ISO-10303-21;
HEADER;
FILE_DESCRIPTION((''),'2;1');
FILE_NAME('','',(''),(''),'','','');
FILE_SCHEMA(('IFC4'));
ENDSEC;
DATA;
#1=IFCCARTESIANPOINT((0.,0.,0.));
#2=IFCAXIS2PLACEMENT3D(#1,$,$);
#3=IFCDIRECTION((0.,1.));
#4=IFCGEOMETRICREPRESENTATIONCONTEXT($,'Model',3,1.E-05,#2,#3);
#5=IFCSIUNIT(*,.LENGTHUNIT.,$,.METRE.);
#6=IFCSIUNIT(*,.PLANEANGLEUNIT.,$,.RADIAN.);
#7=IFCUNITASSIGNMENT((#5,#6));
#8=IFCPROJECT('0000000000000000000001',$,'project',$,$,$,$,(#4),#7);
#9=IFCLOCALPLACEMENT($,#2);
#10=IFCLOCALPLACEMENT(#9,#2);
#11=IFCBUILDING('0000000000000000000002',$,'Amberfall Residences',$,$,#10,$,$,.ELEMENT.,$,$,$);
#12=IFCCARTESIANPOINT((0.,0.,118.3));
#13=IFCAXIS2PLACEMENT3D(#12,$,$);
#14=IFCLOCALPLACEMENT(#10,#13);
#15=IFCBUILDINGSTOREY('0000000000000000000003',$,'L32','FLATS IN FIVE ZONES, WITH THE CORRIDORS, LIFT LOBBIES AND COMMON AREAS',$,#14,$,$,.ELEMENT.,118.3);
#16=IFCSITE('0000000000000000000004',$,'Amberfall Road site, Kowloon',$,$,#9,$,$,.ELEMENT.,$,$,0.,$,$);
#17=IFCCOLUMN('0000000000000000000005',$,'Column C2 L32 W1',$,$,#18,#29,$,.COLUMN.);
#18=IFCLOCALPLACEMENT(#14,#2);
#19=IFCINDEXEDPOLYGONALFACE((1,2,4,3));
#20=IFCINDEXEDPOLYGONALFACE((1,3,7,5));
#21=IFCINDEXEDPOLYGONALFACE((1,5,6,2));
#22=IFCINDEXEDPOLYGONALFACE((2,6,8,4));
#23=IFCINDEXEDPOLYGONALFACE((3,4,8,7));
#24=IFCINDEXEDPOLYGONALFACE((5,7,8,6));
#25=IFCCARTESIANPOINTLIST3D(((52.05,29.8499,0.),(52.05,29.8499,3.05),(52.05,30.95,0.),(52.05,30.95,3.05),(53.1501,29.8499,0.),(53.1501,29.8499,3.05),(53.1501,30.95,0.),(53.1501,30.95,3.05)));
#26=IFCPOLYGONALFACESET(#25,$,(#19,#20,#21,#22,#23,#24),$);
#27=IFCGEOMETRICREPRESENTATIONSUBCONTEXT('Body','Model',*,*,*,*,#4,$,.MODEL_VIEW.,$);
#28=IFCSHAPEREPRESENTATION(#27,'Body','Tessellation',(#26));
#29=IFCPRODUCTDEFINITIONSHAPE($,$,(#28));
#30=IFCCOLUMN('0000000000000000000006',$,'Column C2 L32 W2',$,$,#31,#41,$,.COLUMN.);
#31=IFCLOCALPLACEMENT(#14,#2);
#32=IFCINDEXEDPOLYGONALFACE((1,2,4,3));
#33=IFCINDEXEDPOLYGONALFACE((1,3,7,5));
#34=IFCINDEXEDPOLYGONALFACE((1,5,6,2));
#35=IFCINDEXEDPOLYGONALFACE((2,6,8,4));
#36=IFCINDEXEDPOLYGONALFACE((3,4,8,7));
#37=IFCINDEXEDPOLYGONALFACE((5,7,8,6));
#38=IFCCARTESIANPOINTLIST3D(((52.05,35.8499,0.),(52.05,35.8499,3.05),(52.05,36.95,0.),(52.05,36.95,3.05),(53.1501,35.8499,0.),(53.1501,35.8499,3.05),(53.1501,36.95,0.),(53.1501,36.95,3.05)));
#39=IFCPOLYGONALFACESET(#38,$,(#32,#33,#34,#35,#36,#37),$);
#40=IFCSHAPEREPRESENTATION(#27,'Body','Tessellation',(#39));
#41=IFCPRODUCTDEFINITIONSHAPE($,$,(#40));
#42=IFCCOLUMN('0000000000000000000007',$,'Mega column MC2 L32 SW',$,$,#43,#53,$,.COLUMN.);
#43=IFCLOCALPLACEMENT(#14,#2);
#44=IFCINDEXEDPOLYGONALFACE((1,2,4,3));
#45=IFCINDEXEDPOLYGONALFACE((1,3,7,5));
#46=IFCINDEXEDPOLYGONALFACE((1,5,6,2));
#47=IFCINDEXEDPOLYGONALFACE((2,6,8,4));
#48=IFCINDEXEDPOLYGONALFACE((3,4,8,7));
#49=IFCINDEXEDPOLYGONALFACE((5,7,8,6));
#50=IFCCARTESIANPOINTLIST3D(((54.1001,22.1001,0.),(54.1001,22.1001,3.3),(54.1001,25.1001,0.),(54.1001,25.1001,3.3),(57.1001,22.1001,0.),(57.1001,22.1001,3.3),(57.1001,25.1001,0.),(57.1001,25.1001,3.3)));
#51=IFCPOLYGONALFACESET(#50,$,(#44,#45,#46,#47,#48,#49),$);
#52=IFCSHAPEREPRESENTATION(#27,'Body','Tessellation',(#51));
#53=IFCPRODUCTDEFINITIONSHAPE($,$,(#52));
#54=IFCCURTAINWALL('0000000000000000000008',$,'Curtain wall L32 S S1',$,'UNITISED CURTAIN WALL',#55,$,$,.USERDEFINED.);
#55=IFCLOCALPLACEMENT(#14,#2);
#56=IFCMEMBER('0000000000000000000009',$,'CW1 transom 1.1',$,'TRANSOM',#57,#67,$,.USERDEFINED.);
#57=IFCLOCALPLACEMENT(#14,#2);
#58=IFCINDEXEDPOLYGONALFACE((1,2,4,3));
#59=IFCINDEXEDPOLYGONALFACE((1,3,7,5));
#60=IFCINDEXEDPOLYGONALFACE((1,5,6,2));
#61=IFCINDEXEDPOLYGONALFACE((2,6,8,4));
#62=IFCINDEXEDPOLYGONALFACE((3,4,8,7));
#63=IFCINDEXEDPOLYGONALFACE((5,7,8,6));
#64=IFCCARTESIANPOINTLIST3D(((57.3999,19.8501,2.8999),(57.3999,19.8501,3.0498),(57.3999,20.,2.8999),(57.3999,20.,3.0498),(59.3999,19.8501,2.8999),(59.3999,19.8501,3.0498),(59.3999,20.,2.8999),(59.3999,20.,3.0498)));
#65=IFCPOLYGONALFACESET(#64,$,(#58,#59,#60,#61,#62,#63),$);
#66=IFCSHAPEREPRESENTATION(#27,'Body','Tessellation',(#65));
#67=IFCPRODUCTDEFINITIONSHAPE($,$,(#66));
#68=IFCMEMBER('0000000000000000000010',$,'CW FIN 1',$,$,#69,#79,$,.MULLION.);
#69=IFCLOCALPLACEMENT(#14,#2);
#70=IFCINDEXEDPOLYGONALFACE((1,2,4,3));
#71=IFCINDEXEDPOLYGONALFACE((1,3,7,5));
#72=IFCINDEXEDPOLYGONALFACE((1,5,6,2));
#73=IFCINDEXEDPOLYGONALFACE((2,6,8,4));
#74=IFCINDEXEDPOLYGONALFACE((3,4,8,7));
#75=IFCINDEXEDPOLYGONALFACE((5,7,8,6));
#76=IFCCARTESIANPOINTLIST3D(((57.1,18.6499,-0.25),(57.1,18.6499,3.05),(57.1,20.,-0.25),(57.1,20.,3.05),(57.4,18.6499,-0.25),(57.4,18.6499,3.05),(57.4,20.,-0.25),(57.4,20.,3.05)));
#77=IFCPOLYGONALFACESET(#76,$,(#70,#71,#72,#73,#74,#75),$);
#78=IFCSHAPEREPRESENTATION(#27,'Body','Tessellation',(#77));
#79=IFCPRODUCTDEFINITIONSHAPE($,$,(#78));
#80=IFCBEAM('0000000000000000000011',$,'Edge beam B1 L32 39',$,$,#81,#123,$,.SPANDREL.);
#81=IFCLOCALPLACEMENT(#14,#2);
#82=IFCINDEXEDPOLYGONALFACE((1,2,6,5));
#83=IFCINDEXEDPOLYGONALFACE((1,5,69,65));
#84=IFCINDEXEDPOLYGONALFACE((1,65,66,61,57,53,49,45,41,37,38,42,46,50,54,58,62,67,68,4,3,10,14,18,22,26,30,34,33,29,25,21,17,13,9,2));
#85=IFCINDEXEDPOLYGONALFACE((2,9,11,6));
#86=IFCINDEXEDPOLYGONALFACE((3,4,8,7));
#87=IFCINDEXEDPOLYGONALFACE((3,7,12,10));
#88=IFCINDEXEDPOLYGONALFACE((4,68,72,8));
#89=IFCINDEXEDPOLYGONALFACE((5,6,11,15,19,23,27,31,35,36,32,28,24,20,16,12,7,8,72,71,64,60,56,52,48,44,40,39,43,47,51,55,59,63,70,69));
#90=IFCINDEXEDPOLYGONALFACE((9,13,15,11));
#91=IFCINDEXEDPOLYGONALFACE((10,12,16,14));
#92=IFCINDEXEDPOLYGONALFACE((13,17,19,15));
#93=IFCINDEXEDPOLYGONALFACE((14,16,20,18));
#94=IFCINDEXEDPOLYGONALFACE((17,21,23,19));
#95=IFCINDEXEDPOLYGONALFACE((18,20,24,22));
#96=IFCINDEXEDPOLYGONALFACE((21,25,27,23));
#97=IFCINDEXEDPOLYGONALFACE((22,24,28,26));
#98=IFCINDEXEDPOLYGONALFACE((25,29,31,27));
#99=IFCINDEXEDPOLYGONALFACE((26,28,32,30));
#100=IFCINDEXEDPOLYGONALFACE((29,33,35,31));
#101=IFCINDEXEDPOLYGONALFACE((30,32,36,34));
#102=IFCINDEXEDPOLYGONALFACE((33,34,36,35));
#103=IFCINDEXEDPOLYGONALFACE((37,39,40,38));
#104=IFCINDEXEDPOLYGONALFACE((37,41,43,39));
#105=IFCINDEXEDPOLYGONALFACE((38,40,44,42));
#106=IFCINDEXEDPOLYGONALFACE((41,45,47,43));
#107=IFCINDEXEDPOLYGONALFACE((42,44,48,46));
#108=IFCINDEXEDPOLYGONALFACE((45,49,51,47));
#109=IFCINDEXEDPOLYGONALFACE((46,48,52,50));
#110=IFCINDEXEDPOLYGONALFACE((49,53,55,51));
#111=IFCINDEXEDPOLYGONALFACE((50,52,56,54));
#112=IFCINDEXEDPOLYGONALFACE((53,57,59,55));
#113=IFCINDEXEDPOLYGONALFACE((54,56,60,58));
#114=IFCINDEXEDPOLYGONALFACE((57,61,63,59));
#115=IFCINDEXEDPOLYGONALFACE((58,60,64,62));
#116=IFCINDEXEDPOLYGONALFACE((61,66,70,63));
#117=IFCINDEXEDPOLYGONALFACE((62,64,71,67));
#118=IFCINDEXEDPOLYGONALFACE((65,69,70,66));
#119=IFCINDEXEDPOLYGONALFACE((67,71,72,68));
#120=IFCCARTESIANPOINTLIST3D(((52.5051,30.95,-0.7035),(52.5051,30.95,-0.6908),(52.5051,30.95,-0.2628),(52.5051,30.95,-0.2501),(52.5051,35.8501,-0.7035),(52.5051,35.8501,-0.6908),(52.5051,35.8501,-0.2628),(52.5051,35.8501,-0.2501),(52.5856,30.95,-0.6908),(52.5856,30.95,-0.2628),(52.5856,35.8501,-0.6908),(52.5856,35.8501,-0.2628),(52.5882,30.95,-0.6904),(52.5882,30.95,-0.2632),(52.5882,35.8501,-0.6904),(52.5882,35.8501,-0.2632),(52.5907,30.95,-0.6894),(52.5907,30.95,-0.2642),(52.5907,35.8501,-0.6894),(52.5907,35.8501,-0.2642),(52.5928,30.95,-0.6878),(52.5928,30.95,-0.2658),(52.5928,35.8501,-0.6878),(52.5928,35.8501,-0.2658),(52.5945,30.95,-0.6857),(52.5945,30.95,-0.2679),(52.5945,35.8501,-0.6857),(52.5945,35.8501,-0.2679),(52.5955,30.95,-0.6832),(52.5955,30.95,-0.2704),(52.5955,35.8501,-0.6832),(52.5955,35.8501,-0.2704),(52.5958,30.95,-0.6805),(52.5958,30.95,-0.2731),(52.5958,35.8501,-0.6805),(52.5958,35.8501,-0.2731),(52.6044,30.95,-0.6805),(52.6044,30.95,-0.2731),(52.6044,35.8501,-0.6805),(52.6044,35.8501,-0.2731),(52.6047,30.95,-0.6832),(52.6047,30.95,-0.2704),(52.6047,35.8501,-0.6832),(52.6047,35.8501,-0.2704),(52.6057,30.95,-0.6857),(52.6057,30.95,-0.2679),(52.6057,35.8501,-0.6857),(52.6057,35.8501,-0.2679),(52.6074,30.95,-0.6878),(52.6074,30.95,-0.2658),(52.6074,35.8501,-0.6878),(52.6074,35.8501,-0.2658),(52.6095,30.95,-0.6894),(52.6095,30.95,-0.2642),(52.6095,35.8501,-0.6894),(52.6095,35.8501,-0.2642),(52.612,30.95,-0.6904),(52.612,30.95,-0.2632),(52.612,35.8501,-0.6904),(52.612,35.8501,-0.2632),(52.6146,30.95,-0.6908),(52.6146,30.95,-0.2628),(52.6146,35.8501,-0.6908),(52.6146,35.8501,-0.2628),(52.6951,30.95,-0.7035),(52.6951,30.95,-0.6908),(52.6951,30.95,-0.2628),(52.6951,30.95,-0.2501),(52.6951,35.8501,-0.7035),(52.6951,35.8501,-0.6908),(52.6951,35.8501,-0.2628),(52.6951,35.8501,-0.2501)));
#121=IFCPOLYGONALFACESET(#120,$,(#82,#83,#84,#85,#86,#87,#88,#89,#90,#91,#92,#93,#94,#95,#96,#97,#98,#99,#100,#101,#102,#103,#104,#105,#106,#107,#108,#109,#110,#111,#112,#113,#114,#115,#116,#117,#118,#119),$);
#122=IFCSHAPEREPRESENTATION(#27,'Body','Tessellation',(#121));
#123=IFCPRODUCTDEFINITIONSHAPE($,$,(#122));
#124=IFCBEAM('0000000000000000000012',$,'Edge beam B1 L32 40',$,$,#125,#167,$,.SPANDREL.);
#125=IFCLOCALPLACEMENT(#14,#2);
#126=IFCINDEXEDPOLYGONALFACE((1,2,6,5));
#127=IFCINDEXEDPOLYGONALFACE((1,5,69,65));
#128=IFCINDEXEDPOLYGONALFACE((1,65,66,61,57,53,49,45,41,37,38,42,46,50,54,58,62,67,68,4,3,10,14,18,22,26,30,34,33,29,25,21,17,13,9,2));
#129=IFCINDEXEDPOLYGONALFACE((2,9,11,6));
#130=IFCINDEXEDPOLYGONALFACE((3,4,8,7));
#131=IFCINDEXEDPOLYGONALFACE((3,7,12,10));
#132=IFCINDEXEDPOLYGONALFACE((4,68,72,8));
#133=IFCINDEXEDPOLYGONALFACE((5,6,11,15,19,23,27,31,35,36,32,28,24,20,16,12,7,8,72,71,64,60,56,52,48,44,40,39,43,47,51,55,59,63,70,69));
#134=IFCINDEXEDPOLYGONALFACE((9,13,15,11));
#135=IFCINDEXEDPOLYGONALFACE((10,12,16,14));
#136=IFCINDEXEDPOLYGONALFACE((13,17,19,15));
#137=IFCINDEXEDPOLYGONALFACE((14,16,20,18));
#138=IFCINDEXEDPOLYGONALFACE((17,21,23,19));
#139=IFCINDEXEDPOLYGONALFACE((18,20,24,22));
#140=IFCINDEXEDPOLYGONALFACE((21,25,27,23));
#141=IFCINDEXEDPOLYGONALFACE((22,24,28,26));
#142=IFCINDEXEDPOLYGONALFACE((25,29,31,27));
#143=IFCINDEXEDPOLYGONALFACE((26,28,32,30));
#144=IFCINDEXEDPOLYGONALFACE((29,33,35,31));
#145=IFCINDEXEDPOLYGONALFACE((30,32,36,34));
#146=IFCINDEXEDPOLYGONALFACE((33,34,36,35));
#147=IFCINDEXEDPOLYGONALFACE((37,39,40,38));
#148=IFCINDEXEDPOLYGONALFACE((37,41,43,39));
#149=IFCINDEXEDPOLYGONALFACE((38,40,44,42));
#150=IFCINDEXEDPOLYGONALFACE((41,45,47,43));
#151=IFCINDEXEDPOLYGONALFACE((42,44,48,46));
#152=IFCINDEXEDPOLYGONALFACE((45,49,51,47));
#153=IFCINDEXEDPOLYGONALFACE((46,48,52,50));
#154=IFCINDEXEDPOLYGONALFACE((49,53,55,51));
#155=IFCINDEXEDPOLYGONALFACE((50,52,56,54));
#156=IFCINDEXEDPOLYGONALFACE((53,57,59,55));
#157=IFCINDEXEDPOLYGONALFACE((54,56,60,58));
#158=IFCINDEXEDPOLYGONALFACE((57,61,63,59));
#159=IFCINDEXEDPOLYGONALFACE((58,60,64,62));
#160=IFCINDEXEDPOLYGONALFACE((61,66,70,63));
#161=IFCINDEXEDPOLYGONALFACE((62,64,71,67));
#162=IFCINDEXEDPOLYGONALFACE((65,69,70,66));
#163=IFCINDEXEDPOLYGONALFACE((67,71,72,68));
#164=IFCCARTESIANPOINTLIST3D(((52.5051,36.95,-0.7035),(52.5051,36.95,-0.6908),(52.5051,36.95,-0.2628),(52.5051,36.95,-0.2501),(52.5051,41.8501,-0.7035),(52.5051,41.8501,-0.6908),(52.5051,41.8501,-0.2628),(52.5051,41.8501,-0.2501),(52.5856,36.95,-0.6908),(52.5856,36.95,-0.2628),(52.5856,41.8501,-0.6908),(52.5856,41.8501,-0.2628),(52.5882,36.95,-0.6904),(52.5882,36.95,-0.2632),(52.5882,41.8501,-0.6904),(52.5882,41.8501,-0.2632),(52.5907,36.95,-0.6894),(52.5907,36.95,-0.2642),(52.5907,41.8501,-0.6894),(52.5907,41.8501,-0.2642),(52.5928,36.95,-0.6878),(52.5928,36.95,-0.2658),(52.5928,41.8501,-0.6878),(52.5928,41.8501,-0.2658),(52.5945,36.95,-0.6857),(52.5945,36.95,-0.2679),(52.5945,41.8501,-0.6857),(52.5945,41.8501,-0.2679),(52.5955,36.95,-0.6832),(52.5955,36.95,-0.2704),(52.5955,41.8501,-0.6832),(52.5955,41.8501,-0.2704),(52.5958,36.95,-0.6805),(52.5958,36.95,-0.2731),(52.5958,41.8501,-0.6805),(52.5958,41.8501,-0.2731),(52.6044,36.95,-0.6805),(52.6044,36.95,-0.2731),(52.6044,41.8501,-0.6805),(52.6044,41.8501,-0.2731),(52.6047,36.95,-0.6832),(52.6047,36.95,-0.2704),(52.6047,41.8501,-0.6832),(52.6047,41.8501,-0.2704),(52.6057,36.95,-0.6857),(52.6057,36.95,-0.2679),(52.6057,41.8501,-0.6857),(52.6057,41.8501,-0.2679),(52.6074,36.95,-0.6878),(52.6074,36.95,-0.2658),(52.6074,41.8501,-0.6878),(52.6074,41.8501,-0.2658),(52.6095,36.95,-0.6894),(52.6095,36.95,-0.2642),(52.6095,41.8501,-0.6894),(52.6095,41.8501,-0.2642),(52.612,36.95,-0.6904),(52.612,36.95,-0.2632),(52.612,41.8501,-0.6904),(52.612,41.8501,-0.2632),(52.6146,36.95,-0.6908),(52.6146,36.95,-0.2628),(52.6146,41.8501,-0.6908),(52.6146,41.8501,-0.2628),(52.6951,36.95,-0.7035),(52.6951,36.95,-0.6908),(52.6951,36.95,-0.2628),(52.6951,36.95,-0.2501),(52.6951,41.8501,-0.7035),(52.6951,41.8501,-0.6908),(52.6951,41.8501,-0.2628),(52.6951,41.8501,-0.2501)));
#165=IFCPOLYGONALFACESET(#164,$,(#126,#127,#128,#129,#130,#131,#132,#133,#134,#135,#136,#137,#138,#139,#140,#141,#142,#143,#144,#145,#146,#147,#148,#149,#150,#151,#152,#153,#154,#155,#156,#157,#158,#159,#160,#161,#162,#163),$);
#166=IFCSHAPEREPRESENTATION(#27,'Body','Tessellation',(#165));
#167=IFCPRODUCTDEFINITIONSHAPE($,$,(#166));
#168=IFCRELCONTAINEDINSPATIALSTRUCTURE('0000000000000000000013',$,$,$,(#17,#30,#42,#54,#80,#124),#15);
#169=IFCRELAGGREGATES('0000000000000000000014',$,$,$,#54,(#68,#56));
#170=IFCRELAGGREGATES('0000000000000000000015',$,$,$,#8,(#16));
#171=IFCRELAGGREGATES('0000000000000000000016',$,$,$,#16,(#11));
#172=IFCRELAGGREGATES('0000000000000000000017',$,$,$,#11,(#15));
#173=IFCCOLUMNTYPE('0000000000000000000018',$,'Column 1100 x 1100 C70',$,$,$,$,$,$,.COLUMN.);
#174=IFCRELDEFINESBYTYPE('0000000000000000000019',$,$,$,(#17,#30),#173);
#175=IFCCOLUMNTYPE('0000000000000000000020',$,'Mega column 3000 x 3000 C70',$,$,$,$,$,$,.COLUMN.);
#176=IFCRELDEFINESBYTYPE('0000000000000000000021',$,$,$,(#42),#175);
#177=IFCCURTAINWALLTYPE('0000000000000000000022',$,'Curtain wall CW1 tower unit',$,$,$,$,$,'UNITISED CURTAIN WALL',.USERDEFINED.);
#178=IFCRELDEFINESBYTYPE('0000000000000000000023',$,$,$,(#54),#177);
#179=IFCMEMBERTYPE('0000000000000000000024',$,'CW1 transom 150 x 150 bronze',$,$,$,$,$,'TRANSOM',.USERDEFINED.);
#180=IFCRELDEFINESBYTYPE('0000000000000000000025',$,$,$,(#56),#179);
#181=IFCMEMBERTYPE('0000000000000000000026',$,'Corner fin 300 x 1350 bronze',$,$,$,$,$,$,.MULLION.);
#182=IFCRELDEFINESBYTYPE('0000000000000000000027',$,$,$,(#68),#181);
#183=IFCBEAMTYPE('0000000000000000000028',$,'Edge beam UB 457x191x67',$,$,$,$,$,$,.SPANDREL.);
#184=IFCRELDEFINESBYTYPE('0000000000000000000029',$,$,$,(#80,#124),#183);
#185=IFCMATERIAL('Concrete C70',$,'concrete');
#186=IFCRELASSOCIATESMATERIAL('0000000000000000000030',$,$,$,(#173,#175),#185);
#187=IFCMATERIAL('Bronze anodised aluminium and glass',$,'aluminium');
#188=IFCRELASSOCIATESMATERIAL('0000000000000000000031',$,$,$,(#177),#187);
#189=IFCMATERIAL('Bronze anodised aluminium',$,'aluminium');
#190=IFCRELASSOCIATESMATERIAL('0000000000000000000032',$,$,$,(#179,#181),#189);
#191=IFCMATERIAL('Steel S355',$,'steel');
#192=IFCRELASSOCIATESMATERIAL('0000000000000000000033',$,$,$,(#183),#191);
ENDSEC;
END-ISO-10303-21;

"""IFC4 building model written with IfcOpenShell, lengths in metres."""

from ifc_helpers import new_model, si_unit, direction, frame, origin, origin_2d, place, context, subcontext, project, spatial, rectangle, i_section, extrude, material, material_profile, profile_set, type_object, element, aggregate, save


model = new_model("IFC4")

# Units and contexts
model_context = context("Model", 3, precision=1e-05, world=origin(), true_north=direction((0.0, 1.0)))
body_context = subcontext(model_context, "Body", "Model", "MODEL_VIEW")
ifc_project = project(units=[si_unit("LENGTHUNIT", "METRE"), si_unit("PLANEANGLEUNIT", "RADIAN")], contexts=[model_context])

# Site, building, storey
site_placement = place(None, origin())
site = spatial("IfcSite", under=ifc_project, at=site_placement, Name="Amberfall Road site, Kowloon", CompositionType="ELEMENT", RefElevation=0.0)
building_placement = place(site_placement, origin())
building = spatial("IfcBuilding", under=site, at=building_placement, Name="Amberfall Residences", CompositionType="ELEMENT")
storey_placement = place(building_placement, frame((0.0, 0.0, 118.3)))
storey = spatial("IfcBuildingStorey", under=building, at=storey_placement, Name="L32", Description="FLATS IN FIVE ZONES, WITH THE CORRIDORS, LIFT LOBBIES AND COMMON AREAS", CompositionType="ELEMENT", Elevation=118.3)

# Columns
ifc_material_1 = material(Name="Concrete C70", Category="concrete")
ifc_material_profile_1 = material_profile(ifc_material_1, rectangle(XDim=1.1001, YDim=1.1001, at=origin_2d()), Name="Column 1100 x 1100 C70")
ifc_profile_set_1 = profile_set([ifc_material_profile_1], Name="Concrete C70")
column_type_1 = type_object("IfcColumnType", Name="Column 1100 x 1100 C70", PredefinedType="COLUMN", material=ifc_profile_set_1)
for number, where, z_axis, x_axis, name in (
    (1, (52.6001, 30.3999, 0.0), (0.0, 0.0, 1.0), (1.0, 0.0, 0.0), "Column C2 L32 W1"),
    (2, (52.6001, 36.3999, 0.0), (0.0, 0.0, 1.0), (1.0, 0.0, 0.0), "Column C2 L32 W2"),
):
    element("IfcColumn", number, at=place(storey_placement, frame(where, z_axis=z_axis, x_axis=x_axis)), inside=storey, type_object=column_type_1, Name=name, PredefinedType="COLUMN", context=body_context, shape_type="SweptSolid", body=[
        extrude(rectangle(XDim=1.1001, YDim=1.1001, at=origin_2d()), origin(), (0.0, 0.0, 1.0), 3.05),
    ])
ifc_material_profile_2 = material_profile(ifc_material_1, rectangle(XDim=3.0, YDim=3.0, at=origin_2d()), Name="Mega column 3000 x 3000 C70")
ifc_profile_set_2 = profile_set([ifc_material_profile_2], Name="Concrete C70")
column_type_2 = type_object("IfcColumnType", Name="Mega column 3000 x 3000 C70", PredefinedType="COLUMN", material=ifc_profile_set_2)
column_placement = place(storey_placement, frame((55.6001, 23.6001, 0.0), z_axis=(0.0, 0.0, 1.0), x_axis=(1.0, 0.0, 0.0)))
element("IfcColumn", 3, at=column_placement, inside=storey, type_object=column_type_2, Name="Mega column MC2 L32 SW", PredefinedType="COLUMN", context=body_context, shape_type="SweptSolid", body=[
    extrude(rectangle(XDim=3.0, YDim=3.0, at=origin_2d()), origin(), (0.0, 0.0, 1.0), 3.3),
])

# Curtain wall, members
ifc_material_2 = material(Name="Bronze anodised aluminium and glass", Category="aluminium")
curtain_wall_type = type_object("IfcCurtainWallType", Name="Curtain wall CW1 tower unit", ElementType="UNITISED CURTAIN WALL", PredefinedType="USERDEFINED", material=ifc_material_2)
curtain_wall_placement = place(storey_placement, origin())
curtain_wall = element("IfcCurtainWall", 4, at=curtain_wall_placement, inside=storey, type_object=curtain_wall_type, Name="Curtain wall L32 S S1", ObjectType="UNITISED CURTAIN WALL", PredefinedType="USERDEFINED")
ifc_material_3 = material(Name="Bronze anodised aluminium", Category="aluminium")
ifc_material_profile_3 = material_profile(ifc_material_3, rectangle(XDim=0.1499, YDim=0.1499, at=origin_2d()), Name="CW1 transom 150 x 150 bronze")
ifc_profile_set_3 = profile_set([ifc_material_profile_3], Name="Bronze anodised aluminium")
member_type_1 = type_object("IfcMemberType", Name="CW1 transom 150 x 150 bronze", ElementType="TRANSOM", PredefinedType="USERDEFINED", material=ifc_profile_set_3)
member_1_placement = place(storey_placement, frame((57.3999, 19.925, 2.9749), z_axis=(1.0, 0.0, 0.0), x_axis=(0.0, 1.0, 0.0)))
member_1 = element("IfcMember", 5, at=member_1_placement, type_object=member_type_1, Name="CW1 transom 1.1", ObjectType="TRANSOM", PredefinedType="USERDEFINED", context=body_context, shape_type="SweptSolid", body=[
    extrude(rectangle(XDim=0.1499, YDim=0.1499, at=origin_2d()), origin(), (0.0, 0.0, 1.0), 2.0),
])
ifc_material_profile_4 = material_profile(ifc_material_3, rectangle(XDim=1.3501, YDim=0.3, at=origin_2d()), Name="Corner fin 300 x 1350 bronze")
ifc_profile_set_4 = profile_set([ifc_material_profile_4], Name="Bronze anodised aluminium")
member_type_2 = type_object("IfcMemberType", Name="Corner fin 300 x 1350 bronze", PredefinedType="MULLION", material=ifc_profile_set_4)
member_2_placement = place(storey_placement, frame((57.25, 19.325, -0.25), z_axis=(0.0, 0.0, 1.0), x_axis=(0.0, 1.0, 0.0)))
member_2 = element("IfcMember", 6, at=member_2_placement, type_object=member_type_2, Name="CW FIN 1", PredefinedType="MULLION", context=body_context, shape_type="SweptSolid", body=[
    extrude(rectangle(XDim=1.3501, YDim=0.3, at=origin_2d()), origin(), (0.0, 0.0, 1.0), 3.3),
])

# Beams
ifc_material_4 = material(Name="Steel S355", Category="steel")
ifc_material_profile_5 = material_profile(ifc_material_4, i_section(OverallWidth=0.1899, OverallDepth=0.4534, WebThickness=0.0085, FlangeThickness=0.0127, FilletRadius=0.0103, at=origin_2d()), Name="UB 457x191x67")
ifc_profile_set_5 = profile_set([ifc_material_profile_5], Name="Steel S355")
beam_type_1 = type_object("IfcBeamType", Name="Edge beam UB 457x191x67", PredefinedType="SPANDREL", material=ifc_profile_set_5)
for number, where, z_axis, x_axis, name in (
    (7, (52.6001, 30.95, -0.4768), (0.0, 1.0, 0.0), (-1.0, 0.0, 0.0), "Edge beam B1 L32 39"),
    (8, (52.6001, 36.95, -0.4768), (0.0, 1.0, 0.0), (-1.0, 0.0, 0.0), "Edge beam B1 L32 40"),
):
    element("IfcBeam", number, at=place(storey_placement, frame(where, z_axis=z_axis, x_axis=x_axis)), inside=storey, type_object=beam_type_1, Name=name, PredefinedType="SPANDREL", context=body_context, shape_type="SweptSolid", body=[
        extrude(i_section(OverallWidth=0.1899, OverallDepth=0.4534, WebThickness=0.0085, FlangeThickness=0.0127, FilletRadius=0.0103, at=origin_2d()), origin(), (0.0, 0.0, 1.0), 4.9001),
    ])

aggregate(curtain_wall, [member_2, member_1])

save(model, "model.ifc")
